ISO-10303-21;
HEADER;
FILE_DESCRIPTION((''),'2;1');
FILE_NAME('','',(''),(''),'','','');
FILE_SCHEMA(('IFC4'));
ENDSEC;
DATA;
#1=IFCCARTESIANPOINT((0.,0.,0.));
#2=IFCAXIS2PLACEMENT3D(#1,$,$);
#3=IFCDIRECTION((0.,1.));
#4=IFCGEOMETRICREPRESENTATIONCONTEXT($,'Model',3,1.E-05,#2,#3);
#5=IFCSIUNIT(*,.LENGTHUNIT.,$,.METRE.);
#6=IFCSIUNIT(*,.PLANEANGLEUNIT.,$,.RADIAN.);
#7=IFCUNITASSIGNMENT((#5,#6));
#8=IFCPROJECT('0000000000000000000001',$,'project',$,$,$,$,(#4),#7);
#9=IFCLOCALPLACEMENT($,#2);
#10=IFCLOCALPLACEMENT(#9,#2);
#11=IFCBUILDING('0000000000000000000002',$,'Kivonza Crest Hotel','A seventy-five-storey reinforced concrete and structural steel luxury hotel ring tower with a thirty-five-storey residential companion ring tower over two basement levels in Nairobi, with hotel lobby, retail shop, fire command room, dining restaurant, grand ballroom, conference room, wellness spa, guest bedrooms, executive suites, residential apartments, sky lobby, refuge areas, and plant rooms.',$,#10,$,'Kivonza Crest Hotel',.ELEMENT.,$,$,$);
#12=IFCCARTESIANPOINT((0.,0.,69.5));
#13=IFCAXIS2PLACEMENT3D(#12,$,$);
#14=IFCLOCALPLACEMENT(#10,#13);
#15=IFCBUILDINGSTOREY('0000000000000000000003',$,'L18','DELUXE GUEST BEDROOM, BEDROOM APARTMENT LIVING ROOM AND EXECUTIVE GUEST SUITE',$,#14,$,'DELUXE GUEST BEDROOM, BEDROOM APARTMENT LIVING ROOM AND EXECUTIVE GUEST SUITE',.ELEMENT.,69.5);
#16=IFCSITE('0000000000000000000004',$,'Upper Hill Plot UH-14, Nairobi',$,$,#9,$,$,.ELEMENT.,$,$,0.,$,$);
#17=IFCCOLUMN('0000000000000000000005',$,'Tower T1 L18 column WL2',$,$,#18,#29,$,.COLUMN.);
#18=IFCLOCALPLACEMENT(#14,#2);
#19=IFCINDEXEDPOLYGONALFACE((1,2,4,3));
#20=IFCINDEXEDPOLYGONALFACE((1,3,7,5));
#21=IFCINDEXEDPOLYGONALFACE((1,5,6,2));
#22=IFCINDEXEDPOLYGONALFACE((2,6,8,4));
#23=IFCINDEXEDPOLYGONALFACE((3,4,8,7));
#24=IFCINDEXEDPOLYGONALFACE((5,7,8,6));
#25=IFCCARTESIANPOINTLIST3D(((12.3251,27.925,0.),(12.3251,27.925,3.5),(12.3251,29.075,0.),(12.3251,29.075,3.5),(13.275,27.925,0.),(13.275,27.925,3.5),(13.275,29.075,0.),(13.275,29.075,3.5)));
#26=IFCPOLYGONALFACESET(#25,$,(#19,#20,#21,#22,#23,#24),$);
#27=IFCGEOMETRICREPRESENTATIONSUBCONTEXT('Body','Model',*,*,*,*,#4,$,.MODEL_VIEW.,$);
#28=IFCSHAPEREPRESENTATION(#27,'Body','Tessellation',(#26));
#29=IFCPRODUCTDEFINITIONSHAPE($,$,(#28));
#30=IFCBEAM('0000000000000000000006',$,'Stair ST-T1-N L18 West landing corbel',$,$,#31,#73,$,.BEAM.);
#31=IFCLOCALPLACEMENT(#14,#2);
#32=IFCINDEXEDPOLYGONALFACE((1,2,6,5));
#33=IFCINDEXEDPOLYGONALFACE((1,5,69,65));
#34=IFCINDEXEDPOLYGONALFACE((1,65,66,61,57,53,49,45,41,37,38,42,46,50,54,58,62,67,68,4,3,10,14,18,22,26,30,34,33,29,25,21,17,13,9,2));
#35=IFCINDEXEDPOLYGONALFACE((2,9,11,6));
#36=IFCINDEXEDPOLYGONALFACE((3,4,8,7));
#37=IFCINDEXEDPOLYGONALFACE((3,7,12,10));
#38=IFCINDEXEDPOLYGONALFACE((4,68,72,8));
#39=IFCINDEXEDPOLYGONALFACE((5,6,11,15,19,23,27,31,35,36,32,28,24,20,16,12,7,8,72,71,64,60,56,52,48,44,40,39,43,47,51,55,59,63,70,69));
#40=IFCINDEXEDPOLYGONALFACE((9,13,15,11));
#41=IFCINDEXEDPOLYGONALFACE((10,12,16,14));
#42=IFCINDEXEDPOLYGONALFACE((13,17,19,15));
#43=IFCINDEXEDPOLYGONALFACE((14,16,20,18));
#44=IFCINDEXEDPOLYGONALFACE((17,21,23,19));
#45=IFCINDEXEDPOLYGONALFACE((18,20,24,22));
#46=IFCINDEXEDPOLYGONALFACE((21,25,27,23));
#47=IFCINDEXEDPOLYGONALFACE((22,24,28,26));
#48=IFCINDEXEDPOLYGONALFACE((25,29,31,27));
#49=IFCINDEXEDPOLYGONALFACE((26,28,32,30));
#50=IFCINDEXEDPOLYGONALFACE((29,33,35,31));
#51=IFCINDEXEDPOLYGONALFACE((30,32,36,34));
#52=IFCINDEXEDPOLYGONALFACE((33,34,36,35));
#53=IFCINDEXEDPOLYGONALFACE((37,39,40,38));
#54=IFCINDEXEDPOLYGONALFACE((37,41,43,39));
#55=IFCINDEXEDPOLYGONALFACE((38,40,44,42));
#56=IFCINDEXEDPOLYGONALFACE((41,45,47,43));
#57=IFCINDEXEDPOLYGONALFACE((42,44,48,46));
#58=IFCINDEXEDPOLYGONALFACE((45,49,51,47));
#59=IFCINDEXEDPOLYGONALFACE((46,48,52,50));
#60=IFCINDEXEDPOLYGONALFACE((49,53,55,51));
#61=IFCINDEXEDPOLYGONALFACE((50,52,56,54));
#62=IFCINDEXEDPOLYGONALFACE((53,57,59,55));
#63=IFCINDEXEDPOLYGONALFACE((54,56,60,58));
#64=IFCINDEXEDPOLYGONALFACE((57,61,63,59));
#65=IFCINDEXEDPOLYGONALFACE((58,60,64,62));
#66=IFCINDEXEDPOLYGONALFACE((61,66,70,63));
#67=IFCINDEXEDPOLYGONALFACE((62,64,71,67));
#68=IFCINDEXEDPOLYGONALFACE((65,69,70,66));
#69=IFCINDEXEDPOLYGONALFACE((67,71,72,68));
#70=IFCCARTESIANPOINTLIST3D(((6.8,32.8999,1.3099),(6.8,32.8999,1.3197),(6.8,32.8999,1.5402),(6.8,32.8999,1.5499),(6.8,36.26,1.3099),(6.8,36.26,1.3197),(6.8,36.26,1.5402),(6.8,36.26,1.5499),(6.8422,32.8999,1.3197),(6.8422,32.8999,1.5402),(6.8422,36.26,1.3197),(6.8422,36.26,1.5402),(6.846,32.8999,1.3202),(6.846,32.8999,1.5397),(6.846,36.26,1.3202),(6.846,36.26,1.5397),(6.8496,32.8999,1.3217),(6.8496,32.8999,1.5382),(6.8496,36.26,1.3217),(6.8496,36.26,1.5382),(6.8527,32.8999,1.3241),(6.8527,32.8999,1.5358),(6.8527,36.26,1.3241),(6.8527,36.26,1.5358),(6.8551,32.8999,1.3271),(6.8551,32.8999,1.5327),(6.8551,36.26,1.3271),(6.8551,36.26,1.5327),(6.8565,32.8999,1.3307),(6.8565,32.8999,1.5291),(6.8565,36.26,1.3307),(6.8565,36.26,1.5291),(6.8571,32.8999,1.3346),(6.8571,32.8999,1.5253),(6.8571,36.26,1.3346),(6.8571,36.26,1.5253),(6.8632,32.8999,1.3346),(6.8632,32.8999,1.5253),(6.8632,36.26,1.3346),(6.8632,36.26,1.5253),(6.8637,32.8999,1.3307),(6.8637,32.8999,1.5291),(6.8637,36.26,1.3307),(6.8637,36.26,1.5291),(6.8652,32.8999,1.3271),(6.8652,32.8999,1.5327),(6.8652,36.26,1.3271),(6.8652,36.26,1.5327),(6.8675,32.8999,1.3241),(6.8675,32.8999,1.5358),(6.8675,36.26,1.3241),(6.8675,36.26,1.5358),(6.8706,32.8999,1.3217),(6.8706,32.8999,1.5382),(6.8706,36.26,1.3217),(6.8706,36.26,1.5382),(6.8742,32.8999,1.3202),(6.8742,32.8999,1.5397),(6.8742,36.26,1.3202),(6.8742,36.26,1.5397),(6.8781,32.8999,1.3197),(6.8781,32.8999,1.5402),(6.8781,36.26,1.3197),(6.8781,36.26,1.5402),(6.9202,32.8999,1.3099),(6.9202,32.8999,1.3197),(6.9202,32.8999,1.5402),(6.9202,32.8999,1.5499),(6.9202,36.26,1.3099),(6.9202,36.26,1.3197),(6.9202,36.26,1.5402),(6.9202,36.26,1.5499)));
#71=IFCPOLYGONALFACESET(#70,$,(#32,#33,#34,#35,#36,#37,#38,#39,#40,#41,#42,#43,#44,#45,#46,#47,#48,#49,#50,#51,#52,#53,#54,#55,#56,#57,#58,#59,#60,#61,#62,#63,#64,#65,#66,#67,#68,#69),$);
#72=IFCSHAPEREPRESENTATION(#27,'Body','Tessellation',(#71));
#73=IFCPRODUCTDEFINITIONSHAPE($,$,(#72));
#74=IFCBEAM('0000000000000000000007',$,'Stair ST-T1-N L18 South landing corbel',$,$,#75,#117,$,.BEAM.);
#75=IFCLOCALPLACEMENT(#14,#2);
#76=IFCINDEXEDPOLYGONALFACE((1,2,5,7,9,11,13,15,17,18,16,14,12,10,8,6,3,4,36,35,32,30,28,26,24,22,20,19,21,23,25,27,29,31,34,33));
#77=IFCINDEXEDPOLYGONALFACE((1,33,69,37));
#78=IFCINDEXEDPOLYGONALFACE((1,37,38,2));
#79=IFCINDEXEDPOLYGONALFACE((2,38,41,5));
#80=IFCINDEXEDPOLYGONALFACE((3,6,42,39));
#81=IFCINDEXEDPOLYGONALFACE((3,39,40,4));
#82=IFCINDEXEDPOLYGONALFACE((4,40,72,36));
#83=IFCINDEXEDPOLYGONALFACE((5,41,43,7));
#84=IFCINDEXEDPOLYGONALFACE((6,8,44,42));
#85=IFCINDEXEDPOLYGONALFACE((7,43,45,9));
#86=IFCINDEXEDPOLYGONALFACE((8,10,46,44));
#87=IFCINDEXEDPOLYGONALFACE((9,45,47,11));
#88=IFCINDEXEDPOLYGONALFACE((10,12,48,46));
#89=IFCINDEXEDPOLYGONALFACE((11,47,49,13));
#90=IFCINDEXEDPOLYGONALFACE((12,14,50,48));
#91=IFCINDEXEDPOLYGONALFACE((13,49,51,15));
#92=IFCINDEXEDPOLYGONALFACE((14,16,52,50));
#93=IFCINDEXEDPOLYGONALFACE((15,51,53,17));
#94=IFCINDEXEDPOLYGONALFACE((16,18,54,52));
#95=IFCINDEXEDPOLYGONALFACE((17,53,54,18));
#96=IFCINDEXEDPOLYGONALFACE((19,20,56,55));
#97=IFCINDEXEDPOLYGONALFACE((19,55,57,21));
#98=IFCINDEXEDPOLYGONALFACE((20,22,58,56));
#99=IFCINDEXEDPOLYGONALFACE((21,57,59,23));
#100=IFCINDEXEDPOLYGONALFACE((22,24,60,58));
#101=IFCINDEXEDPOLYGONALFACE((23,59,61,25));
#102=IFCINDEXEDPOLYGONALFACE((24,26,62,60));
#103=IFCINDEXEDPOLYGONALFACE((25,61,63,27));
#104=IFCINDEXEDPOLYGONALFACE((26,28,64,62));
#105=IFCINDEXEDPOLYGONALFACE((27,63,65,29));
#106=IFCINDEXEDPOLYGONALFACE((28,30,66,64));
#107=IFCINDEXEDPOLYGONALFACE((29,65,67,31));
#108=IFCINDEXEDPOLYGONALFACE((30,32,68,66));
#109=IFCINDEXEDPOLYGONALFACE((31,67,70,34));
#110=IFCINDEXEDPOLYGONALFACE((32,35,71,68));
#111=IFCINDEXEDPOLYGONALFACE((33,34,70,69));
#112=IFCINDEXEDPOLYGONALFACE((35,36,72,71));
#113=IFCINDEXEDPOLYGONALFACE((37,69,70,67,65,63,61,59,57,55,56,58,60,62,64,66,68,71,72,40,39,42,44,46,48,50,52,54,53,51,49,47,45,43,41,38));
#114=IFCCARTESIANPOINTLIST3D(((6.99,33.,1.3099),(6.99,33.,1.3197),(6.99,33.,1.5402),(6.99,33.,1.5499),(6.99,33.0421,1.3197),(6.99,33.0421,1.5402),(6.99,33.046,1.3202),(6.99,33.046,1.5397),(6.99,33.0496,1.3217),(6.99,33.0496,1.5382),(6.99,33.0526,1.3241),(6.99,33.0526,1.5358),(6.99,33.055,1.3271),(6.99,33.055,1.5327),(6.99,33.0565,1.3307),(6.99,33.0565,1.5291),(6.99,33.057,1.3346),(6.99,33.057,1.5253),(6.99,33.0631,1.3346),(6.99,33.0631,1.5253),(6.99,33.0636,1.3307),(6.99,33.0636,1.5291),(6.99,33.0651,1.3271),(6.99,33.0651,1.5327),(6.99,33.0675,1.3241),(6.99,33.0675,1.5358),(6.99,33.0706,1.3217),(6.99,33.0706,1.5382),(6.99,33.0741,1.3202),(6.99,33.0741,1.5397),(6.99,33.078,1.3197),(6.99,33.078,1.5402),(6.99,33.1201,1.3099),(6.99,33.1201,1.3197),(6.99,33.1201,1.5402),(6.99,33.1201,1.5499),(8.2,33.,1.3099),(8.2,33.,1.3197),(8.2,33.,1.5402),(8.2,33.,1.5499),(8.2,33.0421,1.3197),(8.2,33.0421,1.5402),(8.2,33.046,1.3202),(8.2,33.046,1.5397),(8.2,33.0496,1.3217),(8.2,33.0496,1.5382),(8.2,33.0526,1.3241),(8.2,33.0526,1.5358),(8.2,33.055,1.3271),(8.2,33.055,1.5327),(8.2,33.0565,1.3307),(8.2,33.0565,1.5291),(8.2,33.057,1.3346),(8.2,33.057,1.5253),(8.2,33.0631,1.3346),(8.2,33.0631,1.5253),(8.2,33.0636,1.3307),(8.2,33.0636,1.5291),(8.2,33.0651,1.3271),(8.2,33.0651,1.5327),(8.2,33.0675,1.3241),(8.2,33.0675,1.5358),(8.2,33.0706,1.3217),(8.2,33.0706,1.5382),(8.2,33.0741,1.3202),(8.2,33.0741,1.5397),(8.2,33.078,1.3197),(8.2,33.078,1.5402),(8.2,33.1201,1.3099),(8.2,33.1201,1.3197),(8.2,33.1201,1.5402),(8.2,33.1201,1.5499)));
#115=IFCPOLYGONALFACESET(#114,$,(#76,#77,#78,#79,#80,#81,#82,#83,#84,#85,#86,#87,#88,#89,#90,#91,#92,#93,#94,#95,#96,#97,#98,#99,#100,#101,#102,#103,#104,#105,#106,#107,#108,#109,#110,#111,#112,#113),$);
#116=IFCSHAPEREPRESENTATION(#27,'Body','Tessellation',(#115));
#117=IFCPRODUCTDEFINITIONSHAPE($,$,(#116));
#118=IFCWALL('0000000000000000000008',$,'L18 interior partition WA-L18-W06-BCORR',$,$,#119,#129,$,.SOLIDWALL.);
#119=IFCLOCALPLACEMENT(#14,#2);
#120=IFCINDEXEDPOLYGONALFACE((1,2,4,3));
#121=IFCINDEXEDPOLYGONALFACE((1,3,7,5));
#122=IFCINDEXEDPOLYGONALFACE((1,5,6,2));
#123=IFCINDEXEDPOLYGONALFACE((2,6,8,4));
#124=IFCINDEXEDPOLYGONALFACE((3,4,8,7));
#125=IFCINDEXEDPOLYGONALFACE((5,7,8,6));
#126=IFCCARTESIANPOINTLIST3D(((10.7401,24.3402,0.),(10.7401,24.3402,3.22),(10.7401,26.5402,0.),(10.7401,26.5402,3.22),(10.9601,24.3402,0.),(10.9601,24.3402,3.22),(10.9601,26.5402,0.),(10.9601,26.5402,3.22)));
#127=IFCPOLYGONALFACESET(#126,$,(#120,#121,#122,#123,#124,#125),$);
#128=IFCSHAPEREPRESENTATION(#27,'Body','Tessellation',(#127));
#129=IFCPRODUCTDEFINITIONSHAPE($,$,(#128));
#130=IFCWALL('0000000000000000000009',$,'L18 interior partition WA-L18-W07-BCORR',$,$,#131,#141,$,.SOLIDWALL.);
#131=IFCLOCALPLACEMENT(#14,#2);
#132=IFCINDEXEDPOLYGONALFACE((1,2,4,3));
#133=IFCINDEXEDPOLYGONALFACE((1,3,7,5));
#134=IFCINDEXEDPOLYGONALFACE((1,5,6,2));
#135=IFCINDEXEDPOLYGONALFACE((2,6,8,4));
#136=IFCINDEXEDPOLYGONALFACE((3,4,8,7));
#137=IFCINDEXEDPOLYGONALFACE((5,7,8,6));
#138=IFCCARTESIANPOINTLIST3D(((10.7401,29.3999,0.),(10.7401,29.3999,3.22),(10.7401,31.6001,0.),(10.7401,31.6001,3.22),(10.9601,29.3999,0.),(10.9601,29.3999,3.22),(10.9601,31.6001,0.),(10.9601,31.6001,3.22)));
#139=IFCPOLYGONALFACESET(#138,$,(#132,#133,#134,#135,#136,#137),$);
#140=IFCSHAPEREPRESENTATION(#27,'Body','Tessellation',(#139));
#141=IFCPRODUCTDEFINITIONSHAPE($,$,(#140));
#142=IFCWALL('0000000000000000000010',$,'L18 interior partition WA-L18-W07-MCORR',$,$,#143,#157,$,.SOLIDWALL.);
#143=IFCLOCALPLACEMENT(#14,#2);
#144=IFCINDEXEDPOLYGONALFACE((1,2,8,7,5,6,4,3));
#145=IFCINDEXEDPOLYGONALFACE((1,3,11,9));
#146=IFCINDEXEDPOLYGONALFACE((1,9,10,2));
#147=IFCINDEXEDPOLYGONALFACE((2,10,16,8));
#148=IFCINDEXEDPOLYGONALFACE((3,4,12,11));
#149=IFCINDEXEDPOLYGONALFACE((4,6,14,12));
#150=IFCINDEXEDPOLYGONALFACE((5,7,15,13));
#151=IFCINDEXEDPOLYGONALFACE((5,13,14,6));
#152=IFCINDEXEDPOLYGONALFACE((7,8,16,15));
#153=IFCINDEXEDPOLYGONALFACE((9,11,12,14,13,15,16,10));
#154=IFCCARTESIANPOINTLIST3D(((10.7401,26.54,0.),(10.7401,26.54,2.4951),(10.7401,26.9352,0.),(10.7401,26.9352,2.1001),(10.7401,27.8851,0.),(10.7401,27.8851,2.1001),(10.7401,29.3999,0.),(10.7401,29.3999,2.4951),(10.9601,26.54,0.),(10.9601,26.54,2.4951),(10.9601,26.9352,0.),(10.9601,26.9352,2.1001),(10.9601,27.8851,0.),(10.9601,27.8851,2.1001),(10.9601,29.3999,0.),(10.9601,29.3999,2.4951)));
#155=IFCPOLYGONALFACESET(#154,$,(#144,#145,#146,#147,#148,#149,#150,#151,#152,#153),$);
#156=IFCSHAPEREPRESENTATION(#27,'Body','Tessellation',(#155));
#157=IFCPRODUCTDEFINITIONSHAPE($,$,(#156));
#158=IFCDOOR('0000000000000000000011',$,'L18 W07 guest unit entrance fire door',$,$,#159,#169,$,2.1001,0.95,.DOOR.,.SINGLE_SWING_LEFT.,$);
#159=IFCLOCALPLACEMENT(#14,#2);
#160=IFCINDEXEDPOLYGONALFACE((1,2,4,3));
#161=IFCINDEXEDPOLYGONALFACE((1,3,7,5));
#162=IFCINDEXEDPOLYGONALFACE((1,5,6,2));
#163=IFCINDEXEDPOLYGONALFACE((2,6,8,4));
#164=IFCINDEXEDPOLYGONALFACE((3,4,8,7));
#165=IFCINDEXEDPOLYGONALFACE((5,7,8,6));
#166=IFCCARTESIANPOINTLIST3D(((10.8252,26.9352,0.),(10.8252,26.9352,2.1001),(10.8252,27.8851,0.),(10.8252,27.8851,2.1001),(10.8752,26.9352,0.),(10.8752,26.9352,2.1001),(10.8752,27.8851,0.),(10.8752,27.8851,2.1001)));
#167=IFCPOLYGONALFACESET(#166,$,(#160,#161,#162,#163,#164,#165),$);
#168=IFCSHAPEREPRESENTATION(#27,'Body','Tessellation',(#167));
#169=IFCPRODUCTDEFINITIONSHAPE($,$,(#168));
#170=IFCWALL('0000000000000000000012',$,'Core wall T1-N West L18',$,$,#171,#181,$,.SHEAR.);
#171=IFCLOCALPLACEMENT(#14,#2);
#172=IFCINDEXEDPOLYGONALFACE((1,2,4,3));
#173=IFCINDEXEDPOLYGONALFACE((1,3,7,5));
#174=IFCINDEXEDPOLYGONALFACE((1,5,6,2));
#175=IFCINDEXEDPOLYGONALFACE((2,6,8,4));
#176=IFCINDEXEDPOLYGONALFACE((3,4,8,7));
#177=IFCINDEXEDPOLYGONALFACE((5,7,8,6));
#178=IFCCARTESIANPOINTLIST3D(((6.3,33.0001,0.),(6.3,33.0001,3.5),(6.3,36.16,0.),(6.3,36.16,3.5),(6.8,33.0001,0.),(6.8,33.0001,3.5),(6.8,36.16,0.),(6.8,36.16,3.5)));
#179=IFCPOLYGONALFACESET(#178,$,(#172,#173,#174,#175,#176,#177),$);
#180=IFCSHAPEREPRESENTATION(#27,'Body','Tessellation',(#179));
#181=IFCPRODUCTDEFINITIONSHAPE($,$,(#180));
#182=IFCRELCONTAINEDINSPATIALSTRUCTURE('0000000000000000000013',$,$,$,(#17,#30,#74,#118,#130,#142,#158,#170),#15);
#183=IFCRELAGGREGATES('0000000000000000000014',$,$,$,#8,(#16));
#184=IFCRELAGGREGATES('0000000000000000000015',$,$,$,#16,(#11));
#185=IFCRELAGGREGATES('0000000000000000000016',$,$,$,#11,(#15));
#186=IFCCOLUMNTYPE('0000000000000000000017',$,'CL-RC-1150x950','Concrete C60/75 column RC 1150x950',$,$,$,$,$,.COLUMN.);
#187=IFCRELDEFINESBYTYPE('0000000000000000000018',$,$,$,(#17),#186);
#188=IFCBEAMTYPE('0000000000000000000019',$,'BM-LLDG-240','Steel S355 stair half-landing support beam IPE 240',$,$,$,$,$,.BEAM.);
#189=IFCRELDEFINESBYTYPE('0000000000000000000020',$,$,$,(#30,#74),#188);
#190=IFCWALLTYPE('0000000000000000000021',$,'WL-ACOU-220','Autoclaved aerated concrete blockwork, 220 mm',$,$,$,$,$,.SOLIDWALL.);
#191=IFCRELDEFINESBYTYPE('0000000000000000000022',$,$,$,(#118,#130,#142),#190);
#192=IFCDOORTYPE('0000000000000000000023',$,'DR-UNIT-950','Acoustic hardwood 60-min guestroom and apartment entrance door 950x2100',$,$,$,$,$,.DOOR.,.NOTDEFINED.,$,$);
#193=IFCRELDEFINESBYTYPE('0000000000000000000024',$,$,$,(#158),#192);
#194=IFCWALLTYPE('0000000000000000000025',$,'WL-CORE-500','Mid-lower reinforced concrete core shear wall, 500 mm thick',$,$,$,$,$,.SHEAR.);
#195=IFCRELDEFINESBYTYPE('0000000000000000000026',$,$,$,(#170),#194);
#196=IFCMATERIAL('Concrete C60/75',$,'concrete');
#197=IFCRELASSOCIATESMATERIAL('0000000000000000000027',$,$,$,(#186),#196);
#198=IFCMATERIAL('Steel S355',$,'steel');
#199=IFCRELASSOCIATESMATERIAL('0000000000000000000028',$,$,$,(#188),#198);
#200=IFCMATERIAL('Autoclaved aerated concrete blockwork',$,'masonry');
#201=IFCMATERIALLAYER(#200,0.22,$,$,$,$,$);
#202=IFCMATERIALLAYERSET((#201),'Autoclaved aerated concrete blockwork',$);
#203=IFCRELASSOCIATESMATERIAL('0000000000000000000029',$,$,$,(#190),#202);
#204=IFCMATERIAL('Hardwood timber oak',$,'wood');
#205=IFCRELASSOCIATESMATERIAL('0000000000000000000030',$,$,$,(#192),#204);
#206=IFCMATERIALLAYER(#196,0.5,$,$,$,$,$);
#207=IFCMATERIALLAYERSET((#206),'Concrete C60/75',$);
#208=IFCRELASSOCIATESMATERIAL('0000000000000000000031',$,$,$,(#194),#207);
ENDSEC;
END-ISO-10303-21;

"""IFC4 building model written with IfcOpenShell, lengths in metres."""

from ifc_helpers import new_model, si_unit, direction, frame, frame_2d, origin, origin_2d, place, context, subcontext, project, spatial, rectangle, i_section, extrude, material, layer, layer_set, material_profile, profile_set, type_object, element, fill, save


model = new_model("IFC4")

# Units and contexts
model_context = context("Model", 3, precision=1e-05, world=origin(), true_north=direction((0.0, 1.0)))
body_context = subcontext(model_context, "Body", "Model", "MODEL_VIEW")
ifc_project = project(units=[si_unit("LENGTHUNIT", "METRE"), si_unit("PLANEANGLEUNIT", "RADIAN")], contexts=[model_context])

# Site, building, storey
site_placement = place(None, origin())
site = spatial("IfcSite", under=ifc_project, at=site_placement, Name="Upper Hill Plot UH-14, Nairobi", CompositionType="ELEMENT", RefElevation=0.0)
building_placement = place(site_placement, origin())
building = spatial("IfcBuilding", under=site, at=building_placement, Name="Kivonza Crest Hotel", Description="A seventy-five-storey reinforced concrete and structural steel luxury hotel ring tower with a thirty-five-storey residential companion ring tower over two basement levels in Nairobi, with hotel lobby, retail shop, fire command room, dining restaurant, grand ballroom, conference room, wellness spa, guest bedrooms, executive suites, residential apartments, sky lobby, refuge areas, and plant rooms.", LongName="Kivonza Crest Hotel", CompositionType="ELEMENT")
storey_placement = place(building_placement, frame((0.0, 0.0, 69.5)))
storey = spatial("IfcBuildingStorey", under=building, at=storey_placement, Name="L18", Description="DELUXE GUEST BEDROOM, BEDROOM APARTMENT LIVING ROOM AND EXECUTIVE GUEST SUITE", LongName="DELUXE GUEST BEDROOM, BEDROOM APARTMENT LIVING ROOM AND EXECUTIVE GUEST SUITE", CompositionType="ELEMENT", Elevation=69.5)

# Column
ifc_material_1 = material(Name="Concrete C60/75", Category="concrete")
ifc_material_profile_1 = material_profile(ifc_material_1, rectangle(XDim=0.95, YDim=1.1499, at=origin_2d()), Name="RC 1150x950")
ifc_profile_set_1 = profile_set([ifc_material_profile_1], Name="Concrete C60/75")
column_type = type_object("IfcColumnType", Name="CL-RC-1150x950", Description="Concrete C60/75 column RC 1150x950", PredefinedType="COLUMN", material=ifc_profile_set_1)
column_placement = place(storey_placement, frame((12.8, 28.5, 0.0), z_axis=(0.0, 0.0, 1.0), x_axis=(1.0, 0.0, 0.0)))
element("IfcColumn", 1, at=column_placement, inside=storey, type_object=column_type, Name="Tower T1 L18 column WL2", PredefinedType="COLUMN", context=body_context, shape_type="SweptSolid", body=[
    extrude(rectangle(XDim=0.95, YDim=1.1499, at=origin_2d()), origin(), (0.0, 0.0, 1.0), 3.5),
])

# Beams
ifc_material_2 = material(Name="Steel S355", Category="steel")
ifc_material_profile_2 = material_profile(ifc_material_2, i_section(OverallWidth=0.1201, OverallDepth=0.24, WebThickness=0.0061, FlangeThickness=0.0098, FilletRadius=0.0149, at=origin_2d()), Name="IPE 240")
ifc_profile_set_2 = profile_set([ifc_material_profile_2], Name="Steel S355")
beam_type = type_object("IfcBeamType", Name="BM-LLDG-240", Description="Steel S355 stair half-landing support beam IPE 240", PredefinedType="BEAM", material=ifc_profile_set_2)
beam_1_placement = place(storey_placement, frame((6.8601, 32.8999, 1.4299), z_axis=(0.0, 1.0, 0.0), x_axis=(-1.0, 0.0, 0.0)))
element("IfcBeam", 2, at=beam_1_placement, inside=storey, type_object=beam_type, Name="Stair ST-T1-N L18 West landing corbel", PredefinedType="BEAM", context=body_context, shape_type="SweptSolid", body=[
    extrude(i_section(OverallWidth=0.1201, OverallDepth=0.24, WebThickness=0.0061, FlangeThickness=0.0098, FilletRadius=0.0149, at=origin_2d()), origin(), (0.0, 0.0, 1.0), 3.3601),
])
beam_2_placement = place(storey_placement, frame((6.99, 33.0601, 1.4299), z_axis=(1.0, 0.0, 0.0), x_axis=(0.0, 1.0, 0.0)))
element("IfcBeam", 3, at=beam_2_placement, inside=storey, type_object=beam_type, Name="Stair ST-T1-N L18 South landing corbel", PredefinedType="BEAM", context=body_context, shape_type="SweptSolid", body=[
    extrude(i_section(OverallWidth=0.1201, OverallDepth=0.24, WebThickness=0.0061, FlangeThickness=0.0098, FilletRadius=0.0149, at=origin_2d()), origin(), (0.0, 0.0, 1.0), 1.21),
])

# Walls
ifc_material_3 = material(Name="Autoclaved aerated concrete blockwork", Category="masonry")
ifc_layer_1 = layer(ifc_material_3, 0.22)
ifc_layer_set_1 = layer_set([ifc_layer_1], Name="Autoclaved aerated concrete blockwork")
wall_type_1 = type_object("IfcWallType", Name="WL-ACOU-220", Description="Autoclaved aerated concrete blockwork, 220 mm", PredefinedType="SOLIDWALL", material=ifc_layer_set_1)
wall_1_placement = place(storey_placement, frame((10.8501, 24.3401, 0.0), z_axis=(0.0, 0.0, 1.0), x_axis=(0.0, 1.0, 0.0)))
element("IfcWall", 4, at=wall_1_placement, inside=storey, type_object=wall_type_1, Name="L18 interior partition WA-L18-W06-BCORR", PredefinedType="SOLIDWALL", context=body_context, shape_type="SweptSolid", body=[
    extrude(rectangle(XDim=2.2, YDim=0.22, at=frame_2d((1.1001, 0.0))), origin(), (0.0, 0.0, 1.0), 3.22),
])
wall_2_placement = place(storey_placement, frame((10.8501, 29.3999, 0.0), z_axis=(0.0, 0.0, 1.0), x_axis=(0.0, 1.0, 0.0)))
element("IfcWall", 5, at=wall_2_placement, inside=storey, type_object=wall_type_1, Name="L18 interior partition WA-L18-W07-BCORR", PredefinedType="SOLIDWALL", context=body_context, shape_type="SweptSolid", body=[
    extrude(rectangle(XDim=2.2002, YDim=0.22, at=frame_2d((1.1001, 0.0))), origin(), (0.0, 0.0, 1.0), 3.22),
])

# Wall, opening, door
wall_3_placement = place(storey_placement, frame((10.8501, 26.54, 0.0), z_axis=(0.0, 0.0, 1.0), x_axis=(0.0, 1.0, 0.0)))
wall_3 = element("IfcWall", 6, at=wall_3_placement, inside=storey, type_object=wall_type_1, Name="L18 interior partition WA-L18-W07-MCORR", PredefinedType="SOLIDWALL", context=body_context, shape_type="SweptSolid", body=[
    extrude(rectangle(XDim=2.8599, YDim=0.22, at=frame_2d((1.4299, 0.0))), origin(), (0.0, 0.0, 1.0), 2.4951),
])
opening_1_placement = place(wall_3_placement, frame((0.395, 0.0, 0.0)))
opening_1 = element("IfcOpeningElement", 7, at=opening_1_placement, cuts=wall_3, PredefinedType="OPENING", context=body_context, shape_type="SweptSolid", body=[
    extrude(rectangle(XDim=0.95, YDim=2.1001, at=frame_2d((0.4751, 1.05))), frame((0.0, 0.1201, 0.0), z_axis=(0.0, -1.0, 0.0), x_axis=(1.0, 0.0, 0.0)), (0.0, 0.0, 1.0), 0.24),
])
ifc_material_4 = material(Name="Hardwood timber oak", Category="wood")
door_type_1 = type_object("IfcDoorType", Name="DR-UNIT-950", Description="Acoustic hardwood 60-min guestroom and apartment entrance door 950x2100", OperationType="NOTDEFINED", PredefinedType="DOOR", material=ifc_material_4)
door_1_placement = place(opening_1_placement, origin())
door_1 = element("IfcDoor", 8, at=door_1_placement, inside=storey, type_object=door_type_1, Name="L18 W07 guest unit entrance fire door", OperationType="SINGLE_SWING_LEFT", OverallHeight=2.1001, OverallWidth=0.95, PredefinedType="DOOR", context=body_context, shape_type="SweptSolid", body=[
    extrude(rectangle(XDim=0.95, YDim=2.1001, at=frame_2d((0.4751, 1.05))), frame((0.0, 0.0249, 0.0), z_axis=(0.0, -1.0, 0.0), x_axis=(1.0, 0.0, 0.0)), (0.0, 0.0, 1.0), 0.05),
])
fill(opening_1, door_1)

# Wall
ifc_layer_2 = layer(ifc_material_1, 0.5)
ifc_layer_set_2 = layer_set([ifc_layer_2], Name="Concrete C60/75")
wall_type_2 = type_object("IfcWallType", Name="WL-CORE-500", Description="Mid-lower reinforced concrete core shear wall, 500 mm thick", PredefinedType="SHEAR", material=ifc_layer_set_2)
wall_4_placement = place(storey_placement, frame((6.55, 33.0, 0.0), z_axis=(0.0, 0.0, 1.0), x_axis=(0.0, 1.0, 0.0)))
element("IfcWall", 9, at=wall_4_placement, inside=storey, type_object=wall_type_2, Name="Core wall T1-N West L18", PredefinedType="SHEAR", context=body_context, shape_type="SweptSolid", body=[
    extrude(rectangle(XDim=3.1599, YDim=0.5, at=frame_2d((1.5801, 0.0))), origin(), (0.0, 0.0, 1.0), 3.5),
])

save(model, "model.ifc")
